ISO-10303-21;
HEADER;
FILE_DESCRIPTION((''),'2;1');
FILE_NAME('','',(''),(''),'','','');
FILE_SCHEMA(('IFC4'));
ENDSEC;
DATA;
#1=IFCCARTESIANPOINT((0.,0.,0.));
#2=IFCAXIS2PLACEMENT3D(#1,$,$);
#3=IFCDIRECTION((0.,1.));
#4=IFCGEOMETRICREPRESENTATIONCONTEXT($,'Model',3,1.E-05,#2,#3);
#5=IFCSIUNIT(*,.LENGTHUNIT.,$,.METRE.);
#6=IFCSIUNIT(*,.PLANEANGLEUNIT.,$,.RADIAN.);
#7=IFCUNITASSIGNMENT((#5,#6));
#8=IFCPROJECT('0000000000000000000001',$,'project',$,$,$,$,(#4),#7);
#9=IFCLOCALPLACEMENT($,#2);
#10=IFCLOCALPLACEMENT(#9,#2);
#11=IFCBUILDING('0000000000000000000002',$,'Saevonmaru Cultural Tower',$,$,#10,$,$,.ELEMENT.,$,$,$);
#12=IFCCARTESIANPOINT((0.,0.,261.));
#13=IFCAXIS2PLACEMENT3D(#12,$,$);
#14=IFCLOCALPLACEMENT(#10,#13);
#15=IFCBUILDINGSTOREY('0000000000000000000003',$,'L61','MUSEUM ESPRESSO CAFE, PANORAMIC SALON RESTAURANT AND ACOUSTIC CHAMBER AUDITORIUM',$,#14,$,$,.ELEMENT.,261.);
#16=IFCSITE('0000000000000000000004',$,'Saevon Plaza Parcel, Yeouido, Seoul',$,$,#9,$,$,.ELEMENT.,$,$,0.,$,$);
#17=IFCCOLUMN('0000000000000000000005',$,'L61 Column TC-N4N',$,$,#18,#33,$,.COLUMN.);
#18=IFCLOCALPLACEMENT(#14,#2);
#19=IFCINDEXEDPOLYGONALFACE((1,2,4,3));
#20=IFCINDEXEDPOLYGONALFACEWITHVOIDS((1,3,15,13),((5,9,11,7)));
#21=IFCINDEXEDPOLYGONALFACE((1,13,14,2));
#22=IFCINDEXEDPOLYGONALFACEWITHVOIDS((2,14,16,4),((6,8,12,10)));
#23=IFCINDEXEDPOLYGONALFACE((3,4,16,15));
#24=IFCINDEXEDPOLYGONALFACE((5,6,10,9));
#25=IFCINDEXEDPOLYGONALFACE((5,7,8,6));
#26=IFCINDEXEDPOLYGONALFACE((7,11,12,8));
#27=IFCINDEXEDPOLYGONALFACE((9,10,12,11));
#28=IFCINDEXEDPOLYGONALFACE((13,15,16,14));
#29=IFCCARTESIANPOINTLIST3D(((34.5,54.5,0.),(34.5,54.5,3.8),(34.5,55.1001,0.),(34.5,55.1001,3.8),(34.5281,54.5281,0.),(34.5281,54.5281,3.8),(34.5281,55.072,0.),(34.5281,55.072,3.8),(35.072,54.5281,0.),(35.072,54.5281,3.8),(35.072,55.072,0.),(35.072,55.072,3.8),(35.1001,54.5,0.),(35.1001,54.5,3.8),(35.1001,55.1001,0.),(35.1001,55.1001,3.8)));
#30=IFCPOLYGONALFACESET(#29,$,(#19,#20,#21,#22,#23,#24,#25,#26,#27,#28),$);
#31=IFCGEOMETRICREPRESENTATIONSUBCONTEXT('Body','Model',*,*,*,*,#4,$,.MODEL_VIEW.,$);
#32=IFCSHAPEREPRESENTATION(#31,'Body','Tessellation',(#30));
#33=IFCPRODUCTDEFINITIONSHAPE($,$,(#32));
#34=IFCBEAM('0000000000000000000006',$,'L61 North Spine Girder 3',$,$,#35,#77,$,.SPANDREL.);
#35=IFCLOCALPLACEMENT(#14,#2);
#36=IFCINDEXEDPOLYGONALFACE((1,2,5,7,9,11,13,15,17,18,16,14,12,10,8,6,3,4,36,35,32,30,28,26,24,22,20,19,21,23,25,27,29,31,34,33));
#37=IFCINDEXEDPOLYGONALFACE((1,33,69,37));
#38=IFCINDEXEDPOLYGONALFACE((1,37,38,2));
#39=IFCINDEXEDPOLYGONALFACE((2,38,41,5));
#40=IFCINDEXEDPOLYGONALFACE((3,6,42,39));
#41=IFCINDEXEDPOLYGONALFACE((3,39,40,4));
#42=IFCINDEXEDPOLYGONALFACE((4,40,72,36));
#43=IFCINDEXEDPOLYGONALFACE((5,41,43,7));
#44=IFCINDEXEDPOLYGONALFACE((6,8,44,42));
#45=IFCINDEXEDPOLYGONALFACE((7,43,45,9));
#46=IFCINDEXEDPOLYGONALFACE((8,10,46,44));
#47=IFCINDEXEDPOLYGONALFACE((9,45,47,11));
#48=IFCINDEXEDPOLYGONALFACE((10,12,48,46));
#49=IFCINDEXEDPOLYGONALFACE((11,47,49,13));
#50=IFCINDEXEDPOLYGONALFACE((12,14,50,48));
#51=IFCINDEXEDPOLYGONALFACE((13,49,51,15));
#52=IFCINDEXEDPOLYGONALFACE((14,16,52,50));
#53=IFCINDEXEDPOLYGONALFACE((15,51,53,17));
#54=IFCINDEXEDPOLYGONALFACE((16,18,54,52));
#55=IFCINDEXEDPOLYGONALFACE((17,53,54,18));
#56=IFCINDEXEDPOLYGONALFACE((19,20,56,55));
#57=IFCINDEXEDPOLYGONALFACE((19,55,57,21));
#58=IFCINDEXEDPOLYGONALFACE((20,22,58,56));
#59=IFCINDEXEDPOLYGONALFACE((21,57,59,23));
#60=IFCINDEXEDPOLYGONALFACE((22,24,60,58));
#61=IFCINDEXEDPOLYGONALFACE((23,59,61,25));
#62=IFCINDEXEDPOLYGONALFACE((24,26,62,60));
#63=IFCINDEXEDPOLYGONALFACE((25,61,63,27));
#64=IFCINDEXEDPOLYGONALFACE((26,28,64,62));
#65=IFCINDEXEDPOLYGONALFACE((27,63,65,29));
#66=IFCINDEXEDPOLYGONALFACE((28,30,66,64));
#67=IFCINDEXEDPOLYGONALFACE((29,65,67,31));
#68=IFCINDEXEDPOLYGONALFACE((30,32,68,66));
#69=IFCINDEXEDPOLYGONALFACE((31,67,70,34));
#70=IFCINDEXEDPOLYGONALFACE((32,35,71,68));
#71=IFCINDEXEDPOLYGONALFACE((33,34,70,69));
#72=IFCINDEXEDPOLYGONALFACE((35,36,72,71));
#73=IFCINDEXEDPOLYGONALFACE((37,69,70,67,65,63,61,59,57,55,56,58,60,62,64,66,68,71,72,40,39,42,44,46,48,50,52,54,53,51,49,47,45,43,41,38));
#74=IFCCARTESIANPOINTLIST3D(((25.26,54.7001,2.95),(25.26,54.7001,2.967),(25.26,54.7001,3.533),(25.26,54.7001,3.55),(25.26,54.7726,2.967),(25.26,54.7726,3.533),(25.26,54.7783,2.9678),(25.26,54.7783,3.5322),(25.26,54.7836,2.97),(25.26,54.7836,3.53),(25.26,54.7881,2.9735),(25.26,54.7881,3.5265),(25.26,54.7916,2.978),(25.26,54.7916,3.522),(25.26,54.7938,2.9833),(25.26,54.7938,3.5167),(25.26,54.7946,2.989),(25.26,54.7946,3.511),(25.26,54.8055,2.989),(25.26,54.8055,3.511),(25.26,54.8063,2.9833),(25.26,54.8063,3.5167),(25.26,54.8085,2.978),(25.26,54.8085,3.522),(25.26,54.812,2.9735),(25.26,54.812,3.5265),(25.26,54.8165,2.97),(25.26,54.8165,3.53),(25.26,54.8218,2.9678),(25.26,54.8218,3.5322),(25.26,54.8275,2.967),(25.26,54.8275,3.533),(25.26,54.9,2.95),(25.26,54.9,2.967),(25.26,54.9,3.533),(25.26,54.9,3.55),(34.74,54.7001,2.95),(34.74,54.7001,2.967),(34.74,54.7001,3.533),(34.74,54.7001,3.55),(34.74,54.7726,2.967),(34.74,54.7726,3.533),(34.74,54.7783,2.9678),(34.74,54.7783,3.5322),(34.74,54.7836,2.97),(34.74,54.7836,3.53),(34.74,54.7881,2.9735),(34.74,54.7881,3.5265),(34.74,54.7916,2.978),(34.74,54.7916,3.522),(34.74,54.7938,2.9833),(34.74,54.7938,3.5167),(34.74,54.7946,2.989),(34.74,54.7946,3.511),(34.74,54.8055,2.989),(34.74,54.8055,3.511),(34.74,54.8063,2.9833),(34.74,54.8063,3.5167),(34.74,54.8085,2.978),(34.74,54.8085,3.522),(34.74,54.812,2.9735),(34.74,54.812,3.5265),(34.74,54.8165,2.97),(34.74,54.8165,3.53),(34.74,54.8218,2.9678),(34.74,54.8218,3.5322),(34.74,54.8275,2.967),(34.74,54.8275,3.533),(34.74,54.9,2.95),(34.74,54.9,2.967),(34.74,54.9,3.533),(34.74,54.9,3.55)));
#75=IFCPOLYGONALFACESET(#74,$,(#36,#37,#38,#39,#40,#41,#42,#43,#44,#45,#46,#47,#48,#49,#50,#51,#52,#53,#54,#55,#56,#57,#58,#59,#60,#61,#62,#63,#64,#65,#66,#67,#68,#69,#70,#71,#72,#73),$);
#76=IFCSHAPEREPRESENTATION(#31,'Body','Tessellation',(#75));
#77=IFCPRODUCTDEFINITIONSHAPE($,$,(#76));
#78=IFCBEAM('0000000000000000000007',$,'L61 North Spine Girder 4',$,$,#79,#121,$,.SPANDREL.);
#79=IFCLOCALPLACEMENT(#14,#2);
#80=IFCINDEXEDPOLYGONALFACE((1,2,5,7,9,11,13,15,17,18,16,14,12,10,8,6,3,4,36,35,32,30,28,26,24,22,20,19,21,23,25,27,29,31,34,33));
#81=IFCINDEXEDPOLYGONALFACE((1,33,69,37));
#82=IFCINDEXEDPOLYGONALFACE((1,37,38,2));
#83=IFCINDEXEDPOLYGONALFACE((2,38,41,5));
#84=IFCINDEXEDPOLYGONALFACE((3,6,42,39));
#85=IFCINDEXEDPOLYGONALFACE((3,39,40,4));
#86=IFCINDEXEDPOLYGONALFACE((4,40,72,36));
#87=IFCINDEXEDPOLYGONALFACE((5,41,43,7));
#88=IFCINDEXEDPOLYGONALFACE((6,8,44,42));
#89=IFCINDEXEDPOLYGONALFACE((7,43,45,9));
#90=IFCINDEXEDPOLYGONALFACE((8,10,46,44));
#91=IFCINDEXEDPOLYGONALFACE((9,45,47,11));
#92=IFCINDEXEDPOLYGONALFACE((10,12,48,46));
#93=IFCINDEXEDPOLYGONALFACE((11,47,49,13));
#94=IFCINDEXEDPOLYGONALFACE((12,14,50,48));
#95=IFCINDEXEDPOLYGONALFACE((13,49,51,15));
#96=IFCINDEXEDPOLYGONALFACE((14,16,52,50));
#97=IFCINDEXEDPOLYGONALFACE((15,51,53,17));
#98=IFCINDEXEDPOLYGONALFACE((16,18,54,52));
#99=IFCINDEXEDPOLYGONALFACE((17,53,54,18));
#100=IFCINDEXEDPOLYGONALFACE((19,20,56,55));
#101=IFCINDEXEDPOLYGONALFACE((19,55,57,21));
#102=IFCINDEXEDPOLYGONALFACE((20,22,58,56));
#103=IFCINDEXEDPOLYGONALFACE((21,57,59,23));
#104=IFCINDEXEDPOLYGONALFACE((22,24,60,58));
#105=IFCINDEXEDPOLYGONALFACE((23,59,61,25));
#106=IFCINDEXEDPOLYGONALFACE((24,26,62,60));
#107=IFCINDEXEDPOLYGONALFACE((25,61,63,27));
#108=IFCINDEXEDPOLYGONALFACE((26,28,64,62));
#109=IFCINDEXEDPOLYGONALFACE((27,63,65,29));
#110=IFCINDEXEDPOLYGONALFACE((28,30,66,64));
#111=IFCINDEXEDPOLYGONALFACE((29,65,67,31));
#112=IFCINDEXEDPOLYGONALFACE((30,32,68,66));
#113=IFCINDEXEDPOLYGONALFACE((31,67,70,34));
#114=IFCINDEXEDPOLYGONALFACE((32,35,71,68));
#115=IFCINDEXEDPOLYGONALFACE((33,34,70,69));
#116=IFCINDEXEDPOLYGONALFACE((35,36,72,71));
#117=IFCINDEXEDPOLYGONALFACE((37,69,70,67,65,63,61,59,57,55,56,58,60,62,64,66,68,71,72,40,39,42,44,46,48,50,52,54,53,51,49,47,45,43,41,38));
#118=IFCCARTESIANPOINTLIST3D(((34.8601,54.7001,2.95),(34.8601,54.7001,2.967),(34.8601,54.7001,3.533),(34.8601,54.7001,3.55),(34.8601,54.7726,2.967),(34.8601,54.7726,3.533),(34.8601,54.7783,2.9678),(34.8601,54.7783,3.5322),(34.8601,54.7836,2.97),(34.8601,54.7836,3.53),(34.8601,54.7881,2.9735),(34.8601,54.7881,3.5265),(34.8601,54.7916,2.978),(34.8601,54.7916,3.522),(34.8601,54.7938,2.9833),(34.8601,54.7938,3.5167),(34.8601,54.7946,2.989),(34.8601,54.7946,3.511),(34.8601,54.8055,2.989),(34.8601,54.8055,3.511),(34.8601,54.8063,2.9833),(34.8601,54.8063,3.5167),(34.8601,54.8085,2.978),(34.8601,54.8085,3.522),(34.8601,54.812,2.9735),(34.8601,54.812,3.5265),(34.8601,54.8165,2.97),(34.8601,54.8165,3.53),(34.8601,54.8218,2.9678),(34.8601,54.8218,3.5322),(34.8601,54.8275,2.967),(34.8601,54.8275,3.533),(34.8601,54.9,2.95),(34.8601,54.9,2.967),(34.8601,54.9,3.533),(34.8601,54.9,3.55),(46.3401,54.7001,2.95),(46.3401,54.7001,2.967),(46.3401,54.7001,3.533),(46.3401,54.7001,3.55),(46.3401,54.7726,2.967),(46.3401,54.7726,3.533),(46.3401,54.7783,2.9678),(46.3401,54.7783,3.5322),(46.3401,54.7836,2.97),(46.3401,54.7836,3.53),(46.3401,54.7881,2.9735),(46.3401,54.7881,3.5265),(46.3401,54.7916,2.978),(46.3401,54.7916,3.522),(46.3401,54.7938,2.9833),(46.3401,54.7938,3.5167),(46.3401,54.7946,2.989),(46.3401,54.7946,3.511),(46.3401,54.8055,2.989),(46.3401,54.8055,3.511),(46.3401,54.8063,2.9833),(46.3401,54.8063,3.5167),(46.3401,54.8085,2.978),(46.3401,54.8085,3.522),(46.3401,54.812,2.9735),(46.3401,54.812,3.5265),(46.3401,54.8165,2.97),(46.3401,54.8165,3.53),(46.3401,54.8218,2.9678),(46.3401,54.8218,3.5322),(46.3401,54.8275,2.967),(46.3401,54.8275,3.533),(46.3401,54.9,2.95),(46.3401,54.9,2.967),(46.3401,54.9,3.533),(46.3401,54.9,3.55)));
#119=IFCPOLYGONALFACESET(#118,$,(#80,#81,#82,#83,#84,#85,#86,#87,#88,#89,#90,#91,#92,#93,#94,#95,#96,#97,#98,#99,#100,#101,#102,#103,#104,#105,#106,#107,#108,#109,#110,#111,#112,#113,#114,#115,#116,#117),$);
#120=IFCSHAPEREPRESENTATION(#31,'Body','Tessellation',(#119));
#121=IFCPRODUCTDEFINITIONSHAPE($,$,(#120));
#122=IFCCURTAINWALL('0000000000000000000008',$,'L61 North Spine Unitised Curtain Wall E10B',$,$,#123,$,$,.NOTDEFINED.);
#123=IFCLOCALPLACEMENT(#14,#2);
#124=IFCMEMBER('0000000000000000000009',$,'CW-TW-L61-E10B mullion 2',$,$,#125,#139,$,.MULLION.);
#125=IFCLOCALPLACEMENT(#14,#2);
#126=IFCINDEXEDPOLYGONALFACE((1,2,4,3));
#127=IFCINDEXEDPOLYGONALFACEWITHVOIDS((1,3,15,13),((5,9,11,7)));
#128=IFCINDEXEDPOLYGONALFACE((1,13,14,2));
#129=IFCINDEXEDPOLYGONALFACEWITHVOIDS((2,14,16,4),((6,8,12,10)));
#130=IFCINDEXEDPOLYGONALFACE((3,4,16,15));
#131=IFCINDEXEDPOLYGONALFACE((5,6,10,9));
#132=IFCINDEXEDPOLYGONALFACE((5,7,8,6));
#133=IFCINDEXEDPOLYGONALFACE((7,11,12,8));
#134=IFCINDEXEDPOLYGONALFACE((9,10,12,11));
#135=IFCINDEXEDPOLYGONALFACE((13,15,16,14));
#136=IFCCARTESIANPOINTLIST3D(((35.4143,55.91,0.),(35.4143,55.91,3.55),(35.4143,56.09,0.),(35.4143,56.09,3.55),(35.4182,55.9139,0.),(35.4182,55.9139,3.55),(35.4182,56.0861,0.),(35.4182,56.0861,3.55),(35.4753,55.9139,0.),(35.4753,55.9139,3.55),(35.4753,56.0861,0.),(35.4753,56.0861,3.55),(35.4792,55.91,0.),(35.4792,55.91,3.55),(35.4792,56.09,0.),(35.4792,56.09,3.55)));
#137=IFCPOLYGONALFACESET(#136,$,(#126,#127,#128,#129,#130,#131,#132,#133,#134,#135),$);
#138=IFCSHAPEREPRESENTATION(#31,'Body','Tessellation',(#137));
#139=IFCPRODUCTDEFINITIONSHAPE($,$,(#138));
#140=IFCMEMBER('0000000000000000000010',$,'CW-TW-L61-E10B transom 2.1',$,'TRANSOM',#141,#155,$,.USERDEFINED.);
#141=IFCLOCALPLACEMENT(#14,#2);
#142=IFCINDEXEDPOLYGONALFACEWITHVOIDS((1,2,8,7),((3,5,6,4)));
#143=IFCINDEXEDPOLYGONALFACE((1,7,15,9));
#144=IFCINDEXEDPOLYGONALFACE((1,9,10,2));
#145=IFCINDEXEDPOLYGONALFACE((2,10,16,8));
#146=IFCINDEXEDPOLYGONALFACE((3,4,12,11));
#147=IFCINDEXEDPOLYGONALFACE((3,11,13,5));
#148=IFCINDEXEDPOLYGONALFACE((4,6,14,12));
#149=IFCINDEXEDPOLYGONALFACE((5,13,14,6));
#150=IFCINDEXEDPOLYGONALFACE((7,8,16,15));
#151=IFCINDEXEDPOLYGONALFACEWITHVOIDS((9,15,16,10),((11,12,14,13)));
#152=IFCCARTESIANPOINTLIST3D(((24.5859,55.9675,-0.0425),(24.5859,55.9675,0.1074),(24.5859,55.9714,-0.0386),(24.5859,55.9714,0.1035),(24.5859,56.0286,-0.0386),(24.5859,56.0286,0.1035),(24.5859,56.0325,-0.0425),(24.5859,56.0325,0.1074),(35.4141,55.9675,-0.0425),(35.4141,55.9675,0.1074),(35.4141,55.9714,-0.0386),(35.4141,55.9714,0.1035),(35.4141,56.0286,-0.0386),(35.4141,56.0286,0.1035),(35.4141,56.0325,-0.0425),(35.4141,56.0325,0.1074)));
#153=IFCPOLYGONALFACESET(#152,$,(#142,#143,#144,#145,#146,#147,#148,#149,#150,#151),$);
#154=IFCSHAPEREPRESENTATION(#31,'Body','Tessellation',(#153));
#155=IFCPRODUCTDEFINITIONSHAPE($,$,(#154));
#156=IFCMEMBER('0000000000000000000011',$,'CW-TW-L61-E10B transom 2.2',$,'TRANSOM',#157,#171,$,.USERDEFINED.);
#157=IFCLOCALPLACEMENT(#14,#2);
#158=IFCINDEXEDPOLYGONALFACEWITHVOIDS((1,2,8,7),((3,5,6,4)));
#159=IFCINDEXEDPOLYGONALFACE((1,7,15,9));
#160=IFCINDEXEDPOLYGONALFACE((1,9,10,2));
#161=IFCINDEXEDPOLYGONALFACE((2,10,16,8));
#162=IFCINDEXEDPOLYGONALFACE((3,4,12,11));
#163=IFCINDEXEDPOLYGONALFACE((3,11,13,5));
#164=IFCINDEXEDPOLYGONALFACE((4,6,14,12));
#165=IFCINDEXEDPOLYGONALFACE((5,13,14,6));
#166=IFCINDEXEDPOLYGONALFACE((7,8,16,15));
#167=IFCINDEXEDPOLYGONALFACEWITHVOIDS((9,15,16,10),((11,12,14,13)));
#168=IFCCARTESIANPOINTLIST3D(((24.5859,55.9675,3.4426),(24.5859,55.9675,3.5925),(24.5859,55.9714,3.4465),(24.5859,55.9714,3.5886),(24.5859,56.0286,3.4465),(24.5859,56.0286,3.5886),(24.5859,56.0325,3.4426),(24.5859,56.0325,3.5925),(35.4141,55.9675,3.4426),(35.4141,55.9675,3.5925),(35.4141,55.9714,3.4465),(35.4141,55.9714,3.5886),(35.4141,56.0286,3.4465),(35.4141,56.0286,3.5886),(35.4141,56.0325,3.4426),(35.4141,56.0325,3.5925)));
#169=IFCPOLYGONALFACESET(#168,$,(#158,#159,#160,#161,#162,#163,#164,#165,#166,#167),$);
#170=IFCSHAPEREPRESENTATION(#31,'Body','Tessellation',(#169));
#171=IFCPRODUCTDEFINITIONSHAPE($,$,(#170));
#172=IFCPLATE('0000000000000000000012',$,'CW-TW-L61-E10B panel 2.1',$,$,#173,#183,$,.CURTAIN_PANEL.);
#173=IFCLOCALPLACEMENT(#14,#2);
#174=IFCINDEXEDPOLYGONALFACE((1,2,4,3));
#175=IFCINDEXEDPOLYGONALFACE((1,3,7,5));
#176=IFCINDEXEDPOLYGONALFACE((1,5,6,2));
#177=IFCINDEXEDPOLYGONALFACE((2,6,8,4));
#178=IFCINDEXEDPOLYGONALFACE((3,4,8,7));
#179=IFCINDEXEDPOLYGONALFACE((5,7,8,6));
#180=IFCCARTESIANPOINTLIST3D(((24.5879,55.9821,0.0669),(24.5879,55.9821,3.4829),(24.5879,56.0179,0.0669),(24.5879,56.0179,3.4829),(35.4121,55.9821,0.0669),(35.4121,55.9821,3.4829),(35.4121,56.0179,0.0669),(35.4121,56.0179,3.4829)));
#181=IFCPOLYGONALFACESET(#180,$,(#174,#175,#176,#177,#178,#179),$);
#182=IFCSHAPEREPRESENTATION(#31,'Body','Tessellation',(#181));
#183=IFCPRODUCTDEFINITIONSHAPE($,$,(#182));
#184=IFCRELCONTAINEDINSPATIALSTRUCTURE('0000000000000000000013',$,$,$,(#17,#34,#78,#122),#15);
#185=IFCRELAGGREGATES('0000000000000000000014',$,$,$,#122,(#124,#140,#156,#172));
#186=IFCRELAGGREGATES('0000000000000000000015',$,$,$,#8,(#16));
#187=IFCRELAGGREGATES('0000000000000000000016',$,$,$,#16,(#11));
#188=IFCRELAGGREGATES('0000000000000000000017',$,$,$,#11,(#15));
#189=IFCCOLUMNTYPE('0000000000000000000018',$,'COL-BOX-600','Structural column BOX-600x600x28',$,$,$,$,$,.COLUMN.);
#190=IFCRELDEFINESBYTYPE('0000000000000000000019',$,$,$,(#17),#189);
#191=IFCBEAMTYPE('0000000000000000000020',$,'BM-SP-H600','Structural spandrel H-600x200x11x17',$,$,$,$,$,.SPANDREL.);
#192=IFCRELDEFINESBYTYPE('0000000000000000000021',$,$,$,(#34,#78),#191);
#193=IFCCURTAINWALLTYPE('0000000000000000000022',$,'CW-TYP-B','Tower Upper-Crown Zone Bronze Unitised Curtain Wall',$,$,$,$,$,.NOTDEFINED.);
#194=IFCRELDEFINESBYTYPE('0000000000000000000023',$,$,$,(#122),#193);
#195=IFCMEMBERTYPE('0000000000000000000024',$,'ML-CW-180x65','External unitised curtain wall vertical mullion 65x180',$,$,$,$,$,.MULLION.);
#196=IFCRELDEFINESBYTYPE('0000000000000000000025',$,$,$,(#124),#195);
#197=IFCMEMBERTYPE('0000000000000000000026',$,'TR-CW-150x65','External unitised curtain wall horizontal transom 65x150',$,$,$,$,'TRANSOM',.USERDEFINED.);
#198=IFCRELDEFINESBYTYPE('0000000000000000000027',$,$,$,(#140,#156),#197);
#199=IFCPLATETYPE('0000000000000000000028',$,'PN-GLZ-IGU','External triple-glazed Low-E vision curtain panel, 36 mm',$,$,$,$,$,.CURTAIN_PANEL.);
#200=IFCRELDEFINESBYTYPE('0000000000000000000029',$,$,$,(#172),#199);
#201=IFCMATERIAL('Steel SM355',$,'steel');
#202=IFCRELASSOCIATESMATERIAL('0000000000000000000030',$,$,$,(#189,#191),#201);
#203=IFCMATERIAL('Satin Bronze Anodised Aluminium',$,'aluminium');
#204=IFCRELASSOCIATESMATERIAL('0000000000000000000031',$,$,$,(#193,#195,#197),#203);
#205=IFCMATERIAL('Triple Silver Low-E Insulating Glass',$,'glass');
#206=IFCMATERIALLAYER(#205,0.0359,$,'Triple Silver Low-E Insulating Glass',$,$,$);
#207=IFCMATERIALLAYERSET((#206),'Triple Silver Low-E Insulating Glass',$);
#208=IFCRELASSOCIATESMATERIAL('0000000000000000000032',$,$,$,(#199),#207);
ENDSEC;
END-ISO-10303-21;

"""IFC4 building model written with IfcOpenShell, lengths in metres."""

from ifc_helpers import new_model, si_unit, direction, frame, origin, origin_2d, place, context, subcontext, project, spatial, rectangle, hollow_rectangle, i_section, extrude, material, layer, layer_set, material_profile, profile_set, type_object, element, aggregate, save


model = new_model("IFC4")

# Units and contexts
model_context = context("Model", 3, precision=1e-05, world=origin(), true_north=direction((0.0, 1.0)))
body_context = subcontext(model_context, "Body", "Model", "MODEL_VIEW")
ifc_project = project(units=[si_unit("LENGTHUNIT", "METRE"), si_unit("PLANEANGLEUNIT", "RADIAN")], contexts=[model_context])

# Site, building, storey
site_placement = place(None, origin())
site = spatial("IfcSite", under=ifc_project, at=site_placement, Name="Saevon Plaza Parcel, Yeouido, Seoul", CompositionType="ELEMENT", RefElevation=0.0)
building_placement = place(site_placement, origin())
building = spatial("IfcBuilding", under=site, at=building_placement, Name="Saevonmaru Cultural Tower", CompositionType="ELEMENT")
storey_placement = place(building_placement, frame((0.0, 0.0, 261.0)))
storey = spatial("IfcBuildingStorey", under=building, at=storey_placement, Name="L61", Description="MUSEUM ESPRESSO CAFE, PANORAMIC SALON RESTAURANT AND ACOUSTIC CHAMBER AUDITORIUM", CompositionType="ELEMENT", Elevation=261.0)

# Column
ifc_material_1 = material(Name="Steel SM355", Category="steel")
ifc_material_profile_1 = material_profile(ifc_material_1, hollow_rectangle(XDim=0.6001, YDim=0.6001, WallThickness=0.0281, at=origin_2d()), Name="BOX-600x600x28")
ifc_profile_set_1 = profile_set([ifc_material_profile_1], Name="Steel SM355")
column_type = type_object("IfcColumnType", Name="COL-BOX-600", Description="Structural column BOX-600x600x28", PredefinedType="COLUMN", material=ifc_profile_set_1)
column_placement = place(storey_placement, frame((34.8, 54.8, 0.0), z_axis=(0.0, 0.0, 1.0), x_axis=(1.0, 0.0, 0.0)))
element("IfcColumn", 1, at=column_placement, inside=storey, type_object=column_type, Name="L61 Column TC-N4N", PredefinedType="COLUMN", context=body_context, shape_type="SweptSolid", body=[
    extrude(hollow_rectangle(XDim=0.6001, YDim=0.6001, WallThickness=0.0281, at=origin_2d()), origin(), (0.0, 0.0, 1.0), 3.8),
])

# Beams
ifc_material_profile_2 = material_profile(ifc_material_1, i_section(OverallWidth=0.2, OverallDepth=0.6001, WebThickness=0.011, FlangeThickness=0.0171, FilletRadius=0.022, at=origin_2d()), Name="H-600x200x11x17")
ifc_profile_set_2 = profile_set([ifc_material_profile_2], Name="Steel SM355")
beam_type = type_object("IfcBeamType", Name="BM-SP-H600", Description="Structural spandrel H-600x200x11x17", PredefinedType="SPANDREL", material=ifc_profile_set_2)
beam_1_placement = place(storey_placement, frame((25.26, 54.8, 3.25), z_axis=(1.0, 0.0, 0.0), x_axis=(0.0, 1.0, 0.0)))
element("IfcBeam", 2, at=beam_1_placement, inside=storey, type_object=beam_type, Name="L61 North Spine Girder 3", PredefinedType="SPANDREL", context=body_context, shape_type="SweptSolid", body=[
    extrude(i_section(OverallWidth=0.2, OverallDepth=0.6001, WebThickness=0.011, FlangeThickness=0.0171, FilletRadius=0.022, at=origin_2d()), origin(), (0.0, 0.0, 1.0), 9.48),
])
beam_2_placement = place(storey_placement, frame((34.8601, 54.8, 3.25), z_axis=(1.0, 0.0, 0.0), x_axis=(0.0, 1.0, 0.0)))
element("IfcBeam", 3, at=beam_2_placement, inside=storey, type_object=beam_type, Name="L61 North Spine Girder 4", PredefinedType="SPANDREL", context=body_context, shape_type="SweptSolid", body=[
    extrude(i_section(OverallWidth=0.2, OverallDepth=0.6001, WebThickness=0.011, FlangeThickness=0.0171, FilletRadius=0.022, at=origin_2d()), origin(), (0.0, 0.0, 1.0), 11.48),
])

# Curtain wall, members, plate
ifc_material_2 = material(Name="Satin Bronze Anodised Aluminium", Category="aluminium")
curtain_wall_type = type_object("IfcCurtainWallType", Name="CW-TYP-B", Description="Tower Upper-Crown Zone Bronze Unitised Curtain Wall", PredefinedType="NOTDEFINED", material=ifc_material_2)
curtain_wall_placement = place(storey_placement, origin())
curtain_wall = element("IfcCurtainWall", 4, at=curtain_wall_placement, inside=storey, type_object=curtain_wall_type, Name="L61 North Spine Unitised Curtain Wall E10B", PredefinedType="NOTDEFINED")
ifc_material_profile_3 = material_profile(ifc_material_2, hollow_rectangle(XDim=0.0649, YDim=0.1799, WallThickness=0.0039, at=origin_2d()), Name="ALU-MULL-180x65x4")
ifc_profile_set_3 = profile_set([ifc_material_profile_3], Name="Satin Bronze Anodised Aluminium")
member_type_1 = type_object("IfcMemberType", Name="ML-CW-180x65", Description="External unitised curtain wall vertical mullion 65x180", PredefinedType="MULLION", material=ifc_profile_set_3)
member_1_placement = place(storey_placement, frame((35.4468, 56.0, 0.0), z_axis=(0.0, 0.0, 1.0), x_axis=(-1.0, 0.0, 0.0)))
member_1 = element("IfcMember", 5, at=member_1_placement, type_object=member_type_1, Name="CW-TW-L61-E10B mullion 2", PredefinedType="MULLION", context=body_context, shape_type="SweptSolid", body=[
    extrude(hollow_rectangle(XDim=0.0649, YDim=0.1799, WallThickness=0.0039, at=origin_2d()), origin(), (0.0, 0.0, 1.0), 3.55),
])
ifc_material_profile_4 = material_profile(ifc_material_2, hollow_rectangle(XDim=0.0649, YDim=0.1499, WallThickness=0.0039, at=origin_2d()), Name="ALU-TRAN-150x65x4")
ifc_profile_set_4 = profile_set([ifc_material_profile_4], Name="Satin Bronze Anodised Aluminium")
member_type_2 = type_object("IfcMemberType", Name="TR-CW-150x65", Description="External unitised curtain wall horizontal transom 65x150", ElementType="TRANSOM", PredefinedType="USERDEFINED", material=ifc_profile_set_4)
member_2_placement = place(storey_placement, frame((35.4141, 56.0, 0.0325), z_axis=(-1.0, 0.0, 0.0), x_axis=(0.0, -1.0, 0.0)))
member_2 = element("IfcMember", 6, at=member_2_placement, type_object=member_type_2, Name="CW-TW-L61-E10B transom 2.1", ObjectType="TRANSOM", PredefinedType="USERDEFINED", context=body_context, shape_type="SweptSolid", body=[
    extrude(hollow_rectangle(XDim=0.0649, YDim=0.1499, WallThickness=0.0039, at=origin_2d()), origin(), (0.0, 0.0, 1.0), 10.8281),
])
member_3_placement = place(storey_placement, frame((35.4141, 56.0, 3.5176), z_axis=(-1.0, 0.0, 0.0), x_axis=(0.0, -1.0, 0.0)))
member_3 = element("IfcMember", 7, at=member_3_placement, type_object=member_type_2, Name="CW-TW-L61-E10B transom 2.2", ObjectType="TRANSOM", PredefinedType="USERDEFINED", context=body_context, shape_type="SweptSolid", body=[
    extrude(hollow_rectangle(XDim=0.0649, YDim=0.1499, WallThickness=0.0039, at=origin_2d()), origin(), (0.0, 0.0, 1.0), 10.8281),
])
ifc_material_3 = material(Name="Triple Silver Low-E Insulating Glass", Category="glass")
ifc_layer_1 = layer(ifc_material_3, 0.0359, Name="Triple Silver Low-E Insulating Glass")
ifc_layer_set_1 = layer_set([ifc_layer_1], Name="Triple Silver Low-E Insulating Glass")
plate_type = type_object("IfcPlateType", Name="PN-GLZ-IGU", Description="External triple-glazed Low-E vision curtain panel, 36 mm", PredefinedType="CURTAIN_PANEL", material=ifc_layer_set_1)
plate_placement = place(storey_placement, frame((30.0, 56.0, 0.0669), z_axis=(0.0, 0.0, 1.0), x_axis=(-1.0, 0.0, 0.0)))
plate = element("IfcPlate", 8, at=plate_placement, type_object=plate_type, Name="CW-TW-L61-E10B panel 2.1", PredefinedType="CURTAIN_PANEL", context=body_context, shape_type="SweptSolid", body=[
    extrude(rectangle(XDim=10.8242, YDim=0.0359, at=origin_2d()), origin(), (0.0, 0.0, 1.0), 3.416),
])
aggregate(curtain_wall, [member_1, member_2, member_3, plate])

save(model, "model.ifc")
